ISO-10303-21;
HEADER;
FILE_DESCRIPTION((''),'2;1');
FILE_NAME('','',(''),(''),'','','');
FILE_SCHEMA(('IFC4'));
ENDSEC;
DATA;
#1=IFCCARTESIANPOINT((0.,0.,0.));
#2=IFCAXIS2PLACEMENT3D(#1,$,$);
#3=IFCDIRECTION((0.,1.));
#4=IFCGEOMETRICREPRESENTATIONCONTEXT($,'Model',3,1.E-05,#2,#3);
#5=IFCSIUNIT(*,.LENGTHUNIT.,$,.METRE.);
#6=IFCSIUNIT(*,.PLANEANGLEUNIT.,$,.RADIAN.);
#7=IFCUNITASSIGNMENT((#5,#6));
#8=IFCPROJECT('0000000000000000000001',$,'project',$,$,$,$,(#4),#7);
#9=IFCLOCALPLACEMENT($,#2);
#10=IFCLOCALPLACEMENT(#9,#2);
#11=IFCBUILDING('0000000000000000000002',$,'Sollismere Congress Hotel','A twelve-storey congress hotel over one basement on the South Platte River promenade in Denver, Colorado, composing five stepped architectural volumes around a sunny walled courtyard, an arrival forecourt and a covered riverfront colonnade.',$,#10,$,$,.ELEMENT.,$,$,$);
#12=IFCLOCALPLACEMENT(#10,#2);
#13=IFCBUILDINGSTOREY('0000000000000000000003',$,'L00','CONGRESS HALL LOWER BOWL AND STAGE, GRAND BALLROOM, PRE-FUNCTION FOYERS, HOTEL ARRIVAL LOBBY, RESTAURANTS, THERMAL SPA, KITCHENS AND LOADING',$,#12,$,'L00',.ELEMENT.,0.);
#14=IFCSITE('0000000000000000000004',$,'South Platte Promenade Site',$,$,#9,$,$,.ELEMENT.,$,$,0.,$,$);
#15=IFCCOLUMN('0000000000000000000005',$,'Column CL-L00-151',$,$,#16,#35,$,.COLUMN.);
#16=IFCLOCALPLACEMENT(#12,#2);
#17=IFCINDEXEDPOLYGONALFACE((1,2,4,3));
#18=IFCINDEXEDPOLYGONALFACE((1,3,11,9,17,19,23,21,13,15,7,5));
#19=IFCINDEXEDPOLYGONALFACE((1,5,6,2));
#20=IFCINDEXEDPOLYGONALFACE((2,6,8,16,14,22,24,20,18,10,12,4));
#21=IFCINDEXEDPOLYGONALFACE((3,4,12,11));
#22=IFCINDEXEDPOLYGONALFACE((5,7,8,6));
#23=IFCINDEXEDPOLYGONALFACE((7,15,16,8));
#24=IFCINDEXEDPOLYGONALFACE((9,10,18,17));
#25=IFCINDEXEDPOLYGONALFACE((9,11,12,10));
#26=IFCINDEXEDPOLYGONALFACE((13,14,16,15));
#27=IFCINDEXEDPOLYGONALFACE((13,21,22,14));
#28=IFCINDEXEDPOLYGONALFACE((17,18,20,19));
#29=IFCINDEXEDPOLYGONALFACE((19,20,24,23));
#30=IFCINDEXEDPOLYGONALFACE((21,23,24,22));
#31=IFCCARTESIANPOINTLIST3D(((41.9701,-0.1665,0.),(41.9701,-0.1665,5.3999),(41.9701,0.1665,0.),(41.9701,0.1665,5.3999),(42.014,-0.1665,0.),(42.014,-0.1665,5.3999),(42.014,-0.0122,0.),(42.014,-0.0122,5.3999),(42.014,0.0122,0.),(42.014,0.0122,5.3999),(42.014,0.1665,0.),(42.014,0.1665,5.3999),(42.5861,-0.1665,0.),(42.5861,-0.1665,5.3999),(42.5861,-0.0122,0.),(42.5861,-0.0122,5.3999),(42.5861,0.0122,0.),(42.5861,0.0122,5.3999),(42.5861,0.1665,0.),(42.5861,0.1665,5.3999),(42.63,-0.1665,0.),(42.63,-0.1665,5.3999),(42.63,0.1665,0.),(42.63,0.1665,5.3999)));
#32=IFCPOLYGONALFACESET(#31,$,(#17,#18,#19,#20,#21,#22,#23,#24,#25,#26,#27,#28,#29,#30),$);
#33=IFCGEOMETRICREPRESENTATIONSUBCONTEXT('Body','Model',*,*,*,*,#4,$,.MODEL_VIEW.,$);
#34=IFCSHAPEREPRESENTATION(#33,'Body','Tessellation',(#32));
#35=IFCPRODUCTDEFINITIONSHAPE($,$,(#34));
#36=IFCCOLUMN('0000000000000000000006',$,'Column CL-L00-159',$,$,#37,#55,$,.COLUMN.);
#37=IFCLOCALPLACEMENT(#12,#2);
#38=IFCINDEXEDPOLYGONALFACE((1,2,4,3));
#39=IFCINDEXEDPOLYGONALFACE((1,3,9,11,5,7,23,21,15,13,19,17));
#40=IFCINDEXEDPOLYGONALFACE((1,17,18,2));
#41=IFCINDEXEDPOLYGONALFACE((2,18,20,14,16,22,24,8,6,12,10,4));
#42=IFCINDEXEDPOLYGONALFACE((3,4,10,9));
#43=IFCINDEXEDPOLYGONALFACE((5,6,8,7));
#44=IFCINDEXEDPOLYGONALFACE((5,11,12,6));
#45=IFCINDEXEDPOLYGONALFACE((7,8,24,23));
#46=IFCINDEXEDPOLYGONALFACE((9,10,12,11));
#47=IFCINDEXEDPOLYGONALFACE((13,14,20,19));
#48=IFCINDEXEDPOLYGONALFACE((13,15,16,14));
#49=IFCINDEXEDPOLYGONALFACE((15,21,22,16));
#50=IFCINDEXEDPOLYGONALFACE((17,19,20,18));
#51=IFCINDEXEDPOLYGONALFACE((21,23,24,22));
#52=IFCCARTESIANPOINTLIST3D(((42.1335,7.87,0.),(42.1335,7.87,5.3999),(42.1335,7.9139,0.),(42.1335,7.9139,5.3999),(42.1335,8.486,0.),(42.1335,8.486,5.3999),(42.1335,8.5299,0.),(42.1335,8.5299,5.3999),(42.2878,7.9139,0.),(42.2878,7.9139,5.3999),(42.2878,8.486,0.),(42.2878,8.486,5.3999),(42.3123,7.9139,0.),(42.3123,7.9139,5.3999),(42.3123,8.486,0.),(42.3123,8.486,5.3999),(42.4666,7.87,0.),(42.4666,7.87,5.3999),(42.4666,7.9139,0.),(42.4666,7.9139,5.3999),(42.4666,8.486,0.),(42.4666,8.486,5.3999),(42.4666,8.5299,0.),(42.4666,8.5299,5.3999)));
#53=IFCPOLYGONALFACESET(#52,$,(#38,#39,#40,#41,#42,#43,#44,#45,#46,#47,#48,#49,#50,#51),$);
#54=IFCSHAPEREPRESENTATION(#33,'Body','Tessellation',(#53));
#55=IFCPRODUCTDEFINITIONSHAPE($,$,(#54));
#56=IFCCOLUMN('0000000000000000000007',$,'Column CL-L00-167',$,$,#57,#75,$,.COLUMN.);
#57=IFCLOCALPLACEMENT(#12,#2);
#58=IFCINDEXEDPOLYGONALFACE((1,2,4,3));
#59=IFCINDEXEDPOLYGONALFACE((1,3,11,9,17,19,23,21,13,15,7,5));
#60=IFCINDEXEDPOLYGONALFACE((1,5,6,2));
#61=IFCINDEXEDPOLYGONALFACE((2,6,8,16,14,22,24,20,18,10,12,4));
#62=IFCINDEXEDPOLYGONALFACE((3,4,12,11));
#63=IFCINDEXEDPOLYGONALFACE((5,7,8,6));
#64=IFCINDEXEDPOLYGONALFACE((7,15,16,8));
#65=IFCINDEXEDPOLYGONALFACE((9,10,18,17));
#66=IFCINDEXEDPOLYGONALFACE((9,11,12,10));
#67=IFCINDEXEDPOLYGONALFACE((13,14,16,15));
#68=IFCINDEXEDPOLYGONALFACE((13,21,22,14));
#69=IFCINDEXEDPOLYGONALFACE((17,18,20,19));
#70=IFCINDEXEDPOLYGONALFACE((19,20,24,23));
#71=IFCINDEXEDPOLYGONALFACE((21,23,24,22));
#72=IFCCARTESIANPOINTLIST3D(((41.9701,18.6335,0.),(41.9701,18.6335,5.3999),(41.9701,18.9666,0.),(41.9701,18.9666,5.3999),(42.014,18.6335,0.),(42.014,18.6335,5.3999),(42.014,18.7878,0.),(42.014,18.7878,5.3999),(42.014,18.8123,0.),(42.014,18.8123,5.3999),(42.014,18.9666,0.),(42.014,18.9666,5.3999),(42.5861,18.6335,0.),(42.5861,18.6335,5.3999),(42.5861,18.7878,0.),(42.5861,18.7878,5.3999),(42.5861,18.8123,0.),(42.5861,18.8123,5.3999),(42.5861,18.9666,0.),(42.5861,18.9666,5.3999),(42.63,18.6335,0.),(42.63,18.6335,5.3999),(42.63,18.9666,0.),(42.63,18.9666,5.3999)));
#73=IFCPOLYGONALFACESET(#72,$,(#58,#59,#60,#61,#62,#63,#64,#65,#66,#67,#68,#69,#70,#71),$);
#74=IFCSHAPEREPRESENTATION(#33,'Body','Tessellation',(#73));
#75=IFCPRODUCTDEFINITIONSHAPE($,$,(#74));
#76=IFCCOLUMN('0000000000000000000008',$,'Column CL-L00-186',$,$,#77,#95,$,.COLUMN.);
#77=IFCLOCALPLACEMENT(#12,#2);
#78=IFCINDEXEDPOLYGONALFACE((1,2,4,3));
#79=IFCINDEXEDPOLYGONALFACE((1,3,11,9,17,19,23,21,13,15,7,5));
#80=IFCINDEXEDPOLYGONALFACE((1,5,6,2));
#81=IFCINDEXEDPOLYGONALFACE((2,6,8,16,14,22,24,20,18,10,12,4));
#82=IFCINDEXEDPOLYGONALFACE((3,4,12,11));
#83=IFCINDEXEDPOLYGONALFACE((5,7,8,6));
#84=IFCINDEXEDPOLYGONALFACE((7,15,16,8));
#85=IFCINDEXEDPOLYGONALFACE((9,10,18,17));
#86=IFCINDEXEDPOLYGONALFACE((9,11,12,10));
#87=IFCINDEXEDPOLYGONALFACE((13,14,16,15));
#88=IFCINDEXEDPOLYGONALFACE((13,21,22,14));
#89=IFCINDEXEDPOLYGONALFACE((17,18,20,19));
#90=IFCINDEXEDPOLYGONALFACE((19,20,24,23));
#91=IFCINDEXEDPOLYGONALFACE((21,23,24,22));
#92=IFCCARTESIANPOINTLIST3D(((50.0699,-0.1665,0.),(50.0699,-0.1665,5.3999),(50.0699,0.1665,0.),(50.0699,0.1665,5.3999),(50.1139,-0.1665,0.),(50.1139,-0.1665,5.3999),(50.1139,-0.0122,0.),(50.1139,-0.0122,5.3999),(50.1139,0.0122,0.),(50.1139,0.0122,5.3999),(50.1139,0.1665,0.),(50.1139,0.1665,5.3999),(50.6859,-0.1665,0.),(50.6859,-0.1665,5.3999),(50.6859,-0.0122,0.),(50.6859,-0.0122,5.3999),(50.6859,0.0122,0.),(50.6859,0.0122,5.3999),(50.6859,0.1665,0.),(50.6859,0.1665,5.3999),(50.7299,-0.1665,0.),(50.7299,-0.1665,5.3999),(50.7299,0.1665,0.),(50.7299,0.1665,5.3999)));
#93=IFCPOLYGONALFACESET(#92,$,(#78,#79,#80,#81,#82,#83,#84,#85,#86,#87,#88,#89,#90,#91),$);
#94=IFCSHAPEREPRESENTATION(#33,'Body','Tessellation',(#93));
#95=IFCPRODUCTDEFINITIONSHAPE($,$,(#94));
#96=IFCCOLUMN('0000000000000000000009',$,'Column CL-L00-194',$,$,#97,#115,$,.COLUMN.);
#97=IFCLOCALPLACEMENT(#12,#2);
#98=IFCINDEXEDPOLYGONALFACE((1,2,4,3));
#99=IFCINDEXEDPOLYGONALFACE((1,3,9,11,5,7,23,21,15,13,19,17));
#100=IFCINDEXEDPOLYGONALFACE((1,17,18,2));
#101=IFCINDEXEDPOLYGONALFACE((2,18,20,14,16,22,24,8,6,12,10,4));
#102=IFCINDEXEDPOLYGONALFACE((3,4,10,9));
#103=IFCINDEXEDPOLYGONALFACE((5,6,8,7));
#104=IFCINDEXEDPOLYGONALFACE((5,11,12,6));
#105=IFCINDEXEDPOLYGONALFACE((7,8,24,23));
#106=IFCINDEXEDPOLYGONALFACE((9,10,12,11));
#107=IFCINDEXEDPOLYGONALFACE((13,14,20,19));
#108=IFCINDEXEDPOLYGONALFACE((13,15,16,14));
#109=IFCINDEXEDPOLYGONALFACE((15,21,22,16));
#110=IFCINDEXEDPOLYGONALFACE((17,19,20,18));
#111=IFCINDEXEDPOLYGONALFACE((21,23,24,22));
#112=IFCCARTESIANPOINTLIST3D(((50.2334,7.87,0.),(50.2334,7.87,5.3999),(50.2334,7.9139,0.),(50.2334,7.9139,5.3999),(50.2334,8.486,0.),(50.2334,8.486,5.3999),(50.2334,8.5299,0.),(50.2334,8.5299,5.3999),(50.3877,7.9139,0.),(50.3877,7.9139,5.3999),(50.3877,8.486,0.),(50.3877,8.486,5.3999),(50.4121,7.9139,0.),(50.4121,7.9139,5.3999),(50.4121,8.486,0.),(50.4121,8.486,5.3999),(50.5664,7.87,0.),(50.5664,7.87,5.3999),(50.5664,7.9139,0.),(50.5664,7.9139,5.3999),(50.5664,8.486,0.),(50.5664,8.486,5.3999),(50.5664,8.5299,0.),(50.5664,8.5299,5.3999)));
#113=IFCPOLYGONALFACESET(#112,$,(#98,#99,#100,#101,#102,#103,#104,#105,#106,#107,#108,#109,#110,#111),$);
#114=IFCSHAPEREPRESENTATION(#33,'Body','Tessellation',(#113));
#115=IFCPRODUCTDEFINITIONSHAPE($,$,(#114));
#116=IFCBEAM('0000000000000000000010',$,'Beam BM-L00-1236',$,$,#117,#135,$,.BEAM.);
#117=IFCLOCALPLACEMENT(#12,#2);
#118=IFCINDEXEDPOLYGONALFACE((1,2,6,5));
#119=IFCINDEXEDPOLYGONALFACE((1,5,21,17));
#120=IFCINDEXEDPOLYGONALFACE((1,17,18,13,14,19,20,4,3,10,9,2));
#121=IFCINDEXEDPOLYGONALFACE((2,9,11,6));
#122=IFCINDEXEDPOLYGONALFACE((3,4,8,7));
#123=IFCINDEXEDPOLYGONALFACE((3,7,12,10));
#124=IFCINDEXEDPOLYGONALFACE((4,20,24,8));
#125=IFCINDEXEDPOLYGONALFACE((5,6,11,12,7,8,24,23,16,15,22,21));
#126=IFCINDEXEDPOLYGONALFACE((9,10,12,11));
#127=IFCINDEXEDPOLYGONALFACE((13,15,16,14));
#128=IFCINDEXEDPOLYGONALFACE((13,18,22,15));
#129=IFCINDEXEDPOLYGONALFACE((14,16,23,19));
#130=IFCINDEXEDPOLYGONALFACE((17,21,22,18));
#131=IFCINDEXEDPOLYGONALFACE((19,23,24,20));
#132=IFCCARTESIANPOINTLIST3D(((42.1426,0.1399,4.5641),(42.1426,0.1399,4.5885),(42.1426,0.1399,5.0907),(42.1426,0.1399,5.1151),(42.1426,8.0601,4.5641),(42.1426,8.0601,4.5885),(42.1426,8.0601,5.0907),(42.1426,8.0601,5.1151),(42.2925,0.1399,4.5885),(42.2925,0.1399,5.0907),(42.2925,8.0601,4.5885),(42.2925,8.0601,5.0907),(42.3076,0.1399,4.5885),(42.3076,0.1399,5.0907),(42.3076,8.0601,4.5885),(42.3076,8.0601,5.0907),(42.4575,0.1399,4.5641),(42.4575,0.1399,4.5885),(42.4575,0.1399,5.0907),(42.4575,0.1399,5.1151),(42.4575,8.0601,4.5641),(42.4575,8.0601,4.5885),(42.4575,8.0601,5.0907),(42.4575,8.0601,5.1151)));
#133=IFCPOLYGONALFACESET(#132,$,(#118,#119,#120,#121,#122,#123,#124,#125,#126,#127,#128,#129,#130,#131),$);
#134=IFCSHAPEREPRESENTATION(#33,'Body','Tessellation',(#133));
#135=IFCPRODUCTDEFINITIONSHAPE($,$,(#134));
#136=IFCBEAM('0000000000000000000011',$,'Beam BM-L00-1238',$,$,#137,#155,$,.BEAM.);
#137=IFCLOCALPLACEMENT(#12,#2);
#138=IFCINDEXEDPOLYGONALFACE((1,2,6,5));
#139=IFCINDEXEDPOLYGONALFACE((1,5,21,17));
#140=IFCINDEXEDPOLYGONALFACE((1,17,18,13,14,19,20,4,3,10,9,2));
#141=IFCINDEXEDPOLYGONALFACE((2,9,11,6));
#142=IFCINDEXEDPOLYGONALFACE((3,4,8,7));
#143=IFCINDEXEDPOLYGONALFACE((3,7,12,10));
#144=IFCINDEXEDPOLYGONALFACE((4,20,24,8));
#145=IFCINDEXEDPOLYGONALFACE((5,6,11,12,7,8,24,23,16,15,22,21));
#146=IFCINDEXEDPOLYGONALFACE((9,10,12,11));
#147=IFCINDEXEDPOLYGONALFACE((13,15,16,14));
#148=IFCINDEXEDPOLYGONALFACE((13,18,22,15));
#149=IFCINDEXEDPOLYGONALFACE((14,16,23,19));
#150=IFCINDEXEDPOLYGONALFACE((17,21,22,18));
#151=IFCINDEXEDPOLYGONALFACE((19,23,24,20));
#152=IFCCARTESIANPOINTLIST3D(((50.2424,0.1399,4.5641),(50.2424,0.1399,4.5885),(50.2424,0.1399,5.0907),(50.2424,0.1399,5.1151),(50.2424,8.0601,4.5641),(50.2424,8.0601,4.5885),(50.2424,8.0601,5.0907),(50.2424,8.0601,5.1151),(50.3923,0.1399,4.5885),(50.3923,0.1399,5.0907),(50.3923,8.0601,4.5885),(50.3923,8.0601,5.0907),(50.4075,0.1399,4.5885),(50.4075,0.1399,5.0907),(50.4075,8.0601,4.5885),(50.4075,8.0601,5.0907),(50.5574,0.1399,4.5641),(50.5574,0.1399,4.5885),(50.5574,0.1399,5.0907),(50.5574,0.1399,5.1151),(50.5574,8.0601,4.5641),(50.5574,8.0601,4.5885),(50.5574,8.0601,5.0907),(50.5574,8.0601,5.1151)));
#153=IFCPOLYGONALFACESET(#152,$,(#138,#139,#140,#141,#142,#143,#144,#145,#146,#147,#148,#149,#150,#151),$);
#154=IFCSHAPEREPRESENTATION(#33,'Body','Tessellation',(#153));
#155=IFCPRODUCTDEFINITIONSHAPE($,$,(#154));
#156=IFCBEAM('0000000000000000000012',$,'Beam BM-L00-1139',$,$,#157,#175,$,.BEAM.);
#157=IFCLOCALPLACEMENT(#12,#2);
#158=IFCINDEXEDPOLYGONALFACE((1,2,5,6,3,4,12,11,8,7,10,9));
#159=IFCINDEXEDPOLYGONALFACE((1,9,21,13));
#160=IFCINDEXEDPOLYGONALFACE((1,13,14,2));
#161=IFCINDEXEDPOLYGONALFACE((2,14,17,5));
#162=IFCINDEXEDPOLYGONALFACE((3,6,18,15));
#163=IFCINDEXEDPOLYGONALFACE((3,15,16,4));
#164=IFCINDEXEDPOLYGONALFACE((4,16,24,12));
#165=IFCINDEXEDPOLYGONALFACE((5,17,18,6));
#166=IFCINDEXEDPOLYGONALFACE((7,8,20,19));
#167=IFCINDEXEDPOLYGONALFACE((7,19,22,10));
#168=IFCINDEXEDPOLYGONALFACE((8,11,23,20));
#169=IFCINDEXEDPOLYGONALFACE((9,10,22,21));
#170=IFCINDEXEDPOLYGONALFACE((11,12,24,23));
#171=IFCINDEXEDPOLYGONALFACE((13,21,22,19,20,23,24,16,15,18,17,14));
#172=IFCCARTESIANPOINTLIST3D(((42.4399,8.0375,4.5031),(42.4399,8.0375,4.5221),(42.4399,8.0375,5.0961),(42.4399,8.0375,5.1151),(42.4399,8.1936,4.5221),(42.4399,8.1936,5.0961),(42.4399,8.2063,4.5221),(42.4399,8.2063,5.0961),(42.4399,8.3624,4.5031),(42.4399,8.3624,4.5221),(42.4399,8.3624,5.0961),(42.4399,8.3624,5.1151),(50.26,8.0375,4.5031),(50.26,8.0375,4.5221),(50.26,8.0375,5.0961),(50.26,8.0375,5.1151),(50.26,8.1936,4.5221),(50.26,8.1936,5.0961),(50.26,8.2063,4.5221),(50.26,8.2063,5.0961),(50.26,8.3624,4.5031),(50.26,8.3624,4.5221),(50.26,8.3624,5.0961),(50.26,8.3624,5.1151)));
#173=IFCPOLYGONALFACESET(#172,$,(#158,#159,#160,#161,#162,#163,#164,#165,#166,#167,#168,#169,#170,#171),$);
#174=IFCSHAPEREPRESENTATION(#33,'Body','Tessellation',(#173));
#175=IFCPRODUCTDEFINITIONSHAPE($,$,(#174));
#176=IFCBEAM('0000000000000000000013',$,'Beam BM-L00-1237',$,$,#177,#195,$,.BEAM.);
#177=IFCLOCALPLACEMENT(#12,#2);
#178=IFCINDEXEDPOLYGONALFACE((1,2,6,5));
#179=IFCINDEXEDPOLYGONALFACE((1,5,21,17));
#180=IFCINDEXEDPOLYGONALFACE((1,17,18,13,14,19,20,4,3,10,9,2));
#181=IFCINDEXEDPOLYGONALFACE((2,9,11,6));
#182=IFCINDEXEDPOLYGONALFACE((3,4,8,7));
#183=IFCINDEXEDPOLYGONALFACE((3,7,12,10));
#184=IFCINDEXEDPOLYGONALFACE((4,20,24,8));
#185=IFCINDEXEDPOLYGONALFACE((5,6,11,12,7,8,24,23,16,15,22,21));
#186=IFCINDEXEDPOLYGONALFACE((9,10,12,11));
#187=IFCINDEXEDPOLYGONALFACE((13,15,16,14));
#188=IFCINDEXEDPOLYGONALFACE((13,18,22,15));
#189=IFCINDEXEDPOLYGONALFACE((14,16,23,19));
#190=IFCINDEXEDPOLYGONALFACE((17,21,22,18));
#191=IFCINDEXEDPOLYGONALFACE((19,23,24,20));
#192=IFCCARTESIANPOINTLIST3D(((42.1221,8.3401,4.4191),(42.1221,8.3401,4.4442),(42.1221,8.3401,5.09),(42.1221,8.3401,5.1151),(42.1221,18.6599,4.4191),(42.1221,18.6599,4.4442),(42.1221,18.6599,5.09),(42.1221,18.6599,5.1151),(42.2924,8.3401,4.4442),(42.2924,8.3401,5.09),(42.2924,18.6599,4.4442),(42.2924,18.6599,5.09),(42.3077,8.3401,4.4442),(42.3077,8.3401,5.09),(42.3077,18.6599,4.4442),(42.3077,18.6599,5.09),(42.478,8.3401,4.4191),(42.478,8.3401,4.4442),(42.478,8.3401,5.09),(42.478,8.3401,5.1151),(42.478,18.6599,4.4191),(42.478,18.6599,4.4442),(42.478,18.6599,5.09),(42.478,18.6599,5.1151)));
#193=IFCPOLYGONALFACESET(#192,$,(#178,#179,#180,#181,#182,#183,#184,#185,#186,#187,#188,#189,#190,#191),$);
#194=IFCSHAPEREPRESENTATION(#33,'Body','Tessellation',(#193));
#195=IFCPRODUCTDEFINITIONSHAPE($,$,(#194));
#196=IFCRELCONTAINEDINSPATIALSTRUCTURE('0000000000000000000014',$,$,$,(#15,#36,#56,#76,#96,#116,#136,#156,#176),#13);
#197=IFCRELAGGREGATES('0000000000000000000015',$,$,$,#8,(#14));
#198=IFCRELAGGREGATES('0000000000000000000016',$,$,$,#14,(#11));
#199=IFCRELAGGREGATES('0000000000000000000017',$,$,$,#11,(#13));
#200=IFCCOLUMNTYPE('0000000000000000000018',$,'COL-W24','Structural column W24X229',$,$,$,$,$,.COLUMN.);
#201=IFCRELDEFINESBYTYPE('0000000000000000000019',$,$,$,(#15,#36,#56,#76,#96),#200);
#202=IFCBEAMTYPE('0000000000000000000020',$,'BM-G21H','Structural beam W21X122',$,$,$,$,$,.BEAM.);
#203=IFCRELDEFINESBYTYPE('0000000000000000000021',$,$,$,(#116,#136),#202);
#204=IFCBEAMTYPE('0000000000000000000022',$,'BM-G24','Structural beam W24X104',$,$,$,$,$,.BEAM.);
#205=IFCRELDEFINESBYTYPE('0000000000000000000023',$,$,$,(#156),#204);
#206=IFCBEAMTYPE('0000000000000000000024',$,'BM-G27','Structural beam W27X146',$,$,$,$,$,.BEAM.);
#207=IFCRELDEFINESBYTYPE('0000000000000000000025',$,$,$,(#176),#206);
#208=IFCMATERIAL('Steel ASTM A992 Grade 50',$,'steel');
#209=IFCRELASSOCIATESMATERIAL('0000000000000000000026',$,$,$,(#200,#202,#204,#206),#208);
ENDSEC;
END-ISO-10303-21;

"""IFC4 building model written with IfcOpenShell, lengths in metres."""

from ifc_helpers import new_model, si_unit, direction, frame, origin, origin_2d, place, context, subcontext, project, spatial, i_section, extrude, material, material_profile, profile_set, type_object, element, save


model = new_model("IFC4")

# Units and contexts
model_context = context("Model", 3, precision=1e-05, world=origin(), true_north=direction((0.0, 1.0)))
body_context = subcontext(model_context, "Body", "Model", "MODEL_VIEW")
ifc_project = project(units=[si_unit("LENGTHUNIT", "METRE"), si_unit("PLANEANGLEUNIT", "RADIAN")], contexts=[model_context])

# Site, building, storey
site_placement = place(None, origin())
site = spatial("IfcSite", under=ifc_project, at=site_placement, Name="South Platte Promenade Site", CompositionType="ELEMENT", RefElevation=0.0)
building_placement = place(site_placement, origin())
building = spatial("IfcBuilding", under=site, at=building_placement, Name="Sollismere Congress Hotel", Description="A twelve-storey congress hotel over one basement on the South Platte River promenade in Denver, Colorado, composing five stepped architectural volumes around a sunny walled courtyard, an arrival forecourt and a covered riverfront colonnade.", CompositionType="ELEMENT")
storey_placement = place(building_placement, origin())
storey = spatial("IfcBuildingStorey", under=building, at=storey_placement, Name="L00", Description="CONGRESS HALL LOWER BOWL AND STAGE, GRAND BALLROOM, PRE-FUNCTION FOYERS, HOTEL ARRIVAL LOBBY, RESTAURANTS, THERMAL SPA, KITCHENS AND LOADING", LongName="L00", CompositionType="ELEMENT", Elevation=0.0)

# Columns
ifc_material_1 = material(Name="Steel ASTM A992 Grade 50", Category="steel")
ifc_material_profile_1 = material_profile(ifc_material_1, i_section(OverallWidth=0.333, OverallDepth=0.6599, WebThickness=0.0244, FlangeThickness=0.0439, at=origin_2d()), Name="W24X229")
ifc_profile_set_1 = profile_set([ifc_material_profile_1], Name="Steel ASTM A992 Grade 50")
column_type = type_object("IfcColumnType", Name="COL-W24", Description="Structural column W24X229", PredefinedType="COLUMN", material=ifc_profile_set_1)
for number, where, z_axis, x_axis, name in (
    (1, (42.3, 0.0, 0.0), (0.0, 0.0, 1.0), (0.0, 1.0, 0.0), "Column CL-L00-151"),
    (2, (42.3, 8.2, 0.0), (0.0, 0.0, 1.0), (1.0, 0.0, 0.0), "Column CL-L00-159"),
    (3, (42.3, 18.8, 0.0), (0.0, 0.0, 1.0), (0.0, 1.0, 0.0), "Column CL-L00-167"),
    (4, (50.3999, 0.0, 0.0), (0.0, 0.0, 1.0), (0.0, 1.0, 0.0), "Column CL-L00-186"),
    (5, (50.3999, 8.2, 0.0), (0.0, 0.0, 1.0), (1.0, 0.0, 0.0), "Column CL-L00-194"),
):
    element("IfcColumn", number, at=place(storey_placement, frame(where, z_axis=z_axis, x_axis=x_axis)), inside=storey, type_object=column_type, Name=name, PredefinedType="COLUMN", context=body_context, shape_type="SweptSolid", body=[
        extrude(i_section(OverallWidth=0.333, OverallDepth=0.6599, WebThickness=0.0244, FlangeThickness=0.0439, at=origin_2d()), origin(), (0.0, 0.0, 1.0), 5.3999),
    ])

# Beams
ifc_material_profile_2 = material_profile(ifc_material_1, i_section(OverallWidth=0.3149, OverallDepth=0.551, WebThickness=0.0151, FlangeThickness=0.0244, at=origin_2d()), Name="W21X122")
ifc_profile_set_2 = profile_set([ifc_material_profile_2], Name="Steel ASTM A992 Grade 50")
beam_type_1 = type_object("IfcBeamType", Name="BM-G21H", Description="Structural beam W21X122", PredefinedType="BEAM", material=ifc_profile_set_2)
for number, where, z_axis, x_axis, name in (
    (6, (42.3, 0.1399, 4.8396), (0.0, 1.0, 0.0), (-1.0, 0.0, 0.0), "Beam BM-L00-1236"),
    (7, (50.3999, 0.1399, 4.8396), (0.0, 1.0, 0.0), (-1.0, 0.0, 0.0), "Beam BM-L00-1238"),
):
    element("IfcBeam", number, at=place(storey_placement, frame(where, z_axis=z_axis, x_axis=x_axis)), inside=storey, type_object=beam_type_1, Name=name, PredefinedType="BEAM", context=body_context, shape_type="SweptSolid", body=[
        extrude(i_section(OverallWidth=0.3149, OverallDepth=0.551, WebThickness=0.0151, FlangeThickness=0.0244, at=origin_2d()), origin(), (0.0, 0.0, 1.0), 7.9202),
    ])
ifc_material_profile_3 = material_profile(ifc_material_1, i_section(OverallWidth=0.325, OverallDepth=0.6121, WebThickness=0.0127, FlangeThickness=0.019, at=origin_2d()), Name="W24X104")
ifc_profile_set_3 = profile_set([ifc_material_profile_3], Name="Steel ASTM A992 Grade 50")
beam_type_2 = type_object("IfcBeamType", Name="BM-G24", Description="Structural beam W24X104", PredefinedType="BEAM", material=ifc_profile_set_3)
beam_1_placement = place(storey_placement, frame((42.4399, 8.2, 4.8091), z_axis=(1.0, 0.0, 0.0), x_axis=(0.0, 1.0, 0.0)))
element("IfcBeam", 8, at=beam_1_placement, inside=storey, type_object=beam_type_2, Name="Beam BM-L00-1139", PredefinedType="BEAM", context=body_context, shape_type="SweptSolid", body=[
    extrude(i_section(OverallWidth=0.325, OverallDepth=0.6121, WebThickness=0.0127, FlangeThickness=0.019, at=origin_2d()), origin(), (0.0, 0.0, 1.0), 7.8201),
])
ifc_material_profile_4 = material_profile(ifc_material_1, i_section(OverallWidth=0.356, OverallDepth=0.696, WebThickness=0.0154, FlangeThickness=0.0251, at=origin_2d()), Name="W27X146")
ifc_profile_set_4 = profile_set([ifc_material_profile_4], Name="Steel ASTM A992 Grade 50")
beam_type_3 = type_object("IfcBeamType", Name="BM-G27", Description="Structural beam W27X146", PredefinedType="BEAM", material=ifc_profile_set_4)
beam_2_placement = place(storey_placement, frame((42.3, 8.3401, 4.7671), z_axis=(0.0, 1.0, 0.0), x_axis=(-1.0, 0.0, 0.0)))
element("IfcBeam", 9, at=beam_2_placement, inside=storey, type_object=beam_type_3, Name="Beam BM-L00-1237", PredefinedType="BEAM", context=body_context, shape_type="SweptSolid", body=[
    extrude(i_section(OverallWidth=0.356, OverallDepth=0.696, WebThickness=0.0154, FlangeThickness=0.0251, at=origin_2d()), origin(), (0.0, 0.0, 1.0), 10.3198),
])

save(model, "model.ifc")
